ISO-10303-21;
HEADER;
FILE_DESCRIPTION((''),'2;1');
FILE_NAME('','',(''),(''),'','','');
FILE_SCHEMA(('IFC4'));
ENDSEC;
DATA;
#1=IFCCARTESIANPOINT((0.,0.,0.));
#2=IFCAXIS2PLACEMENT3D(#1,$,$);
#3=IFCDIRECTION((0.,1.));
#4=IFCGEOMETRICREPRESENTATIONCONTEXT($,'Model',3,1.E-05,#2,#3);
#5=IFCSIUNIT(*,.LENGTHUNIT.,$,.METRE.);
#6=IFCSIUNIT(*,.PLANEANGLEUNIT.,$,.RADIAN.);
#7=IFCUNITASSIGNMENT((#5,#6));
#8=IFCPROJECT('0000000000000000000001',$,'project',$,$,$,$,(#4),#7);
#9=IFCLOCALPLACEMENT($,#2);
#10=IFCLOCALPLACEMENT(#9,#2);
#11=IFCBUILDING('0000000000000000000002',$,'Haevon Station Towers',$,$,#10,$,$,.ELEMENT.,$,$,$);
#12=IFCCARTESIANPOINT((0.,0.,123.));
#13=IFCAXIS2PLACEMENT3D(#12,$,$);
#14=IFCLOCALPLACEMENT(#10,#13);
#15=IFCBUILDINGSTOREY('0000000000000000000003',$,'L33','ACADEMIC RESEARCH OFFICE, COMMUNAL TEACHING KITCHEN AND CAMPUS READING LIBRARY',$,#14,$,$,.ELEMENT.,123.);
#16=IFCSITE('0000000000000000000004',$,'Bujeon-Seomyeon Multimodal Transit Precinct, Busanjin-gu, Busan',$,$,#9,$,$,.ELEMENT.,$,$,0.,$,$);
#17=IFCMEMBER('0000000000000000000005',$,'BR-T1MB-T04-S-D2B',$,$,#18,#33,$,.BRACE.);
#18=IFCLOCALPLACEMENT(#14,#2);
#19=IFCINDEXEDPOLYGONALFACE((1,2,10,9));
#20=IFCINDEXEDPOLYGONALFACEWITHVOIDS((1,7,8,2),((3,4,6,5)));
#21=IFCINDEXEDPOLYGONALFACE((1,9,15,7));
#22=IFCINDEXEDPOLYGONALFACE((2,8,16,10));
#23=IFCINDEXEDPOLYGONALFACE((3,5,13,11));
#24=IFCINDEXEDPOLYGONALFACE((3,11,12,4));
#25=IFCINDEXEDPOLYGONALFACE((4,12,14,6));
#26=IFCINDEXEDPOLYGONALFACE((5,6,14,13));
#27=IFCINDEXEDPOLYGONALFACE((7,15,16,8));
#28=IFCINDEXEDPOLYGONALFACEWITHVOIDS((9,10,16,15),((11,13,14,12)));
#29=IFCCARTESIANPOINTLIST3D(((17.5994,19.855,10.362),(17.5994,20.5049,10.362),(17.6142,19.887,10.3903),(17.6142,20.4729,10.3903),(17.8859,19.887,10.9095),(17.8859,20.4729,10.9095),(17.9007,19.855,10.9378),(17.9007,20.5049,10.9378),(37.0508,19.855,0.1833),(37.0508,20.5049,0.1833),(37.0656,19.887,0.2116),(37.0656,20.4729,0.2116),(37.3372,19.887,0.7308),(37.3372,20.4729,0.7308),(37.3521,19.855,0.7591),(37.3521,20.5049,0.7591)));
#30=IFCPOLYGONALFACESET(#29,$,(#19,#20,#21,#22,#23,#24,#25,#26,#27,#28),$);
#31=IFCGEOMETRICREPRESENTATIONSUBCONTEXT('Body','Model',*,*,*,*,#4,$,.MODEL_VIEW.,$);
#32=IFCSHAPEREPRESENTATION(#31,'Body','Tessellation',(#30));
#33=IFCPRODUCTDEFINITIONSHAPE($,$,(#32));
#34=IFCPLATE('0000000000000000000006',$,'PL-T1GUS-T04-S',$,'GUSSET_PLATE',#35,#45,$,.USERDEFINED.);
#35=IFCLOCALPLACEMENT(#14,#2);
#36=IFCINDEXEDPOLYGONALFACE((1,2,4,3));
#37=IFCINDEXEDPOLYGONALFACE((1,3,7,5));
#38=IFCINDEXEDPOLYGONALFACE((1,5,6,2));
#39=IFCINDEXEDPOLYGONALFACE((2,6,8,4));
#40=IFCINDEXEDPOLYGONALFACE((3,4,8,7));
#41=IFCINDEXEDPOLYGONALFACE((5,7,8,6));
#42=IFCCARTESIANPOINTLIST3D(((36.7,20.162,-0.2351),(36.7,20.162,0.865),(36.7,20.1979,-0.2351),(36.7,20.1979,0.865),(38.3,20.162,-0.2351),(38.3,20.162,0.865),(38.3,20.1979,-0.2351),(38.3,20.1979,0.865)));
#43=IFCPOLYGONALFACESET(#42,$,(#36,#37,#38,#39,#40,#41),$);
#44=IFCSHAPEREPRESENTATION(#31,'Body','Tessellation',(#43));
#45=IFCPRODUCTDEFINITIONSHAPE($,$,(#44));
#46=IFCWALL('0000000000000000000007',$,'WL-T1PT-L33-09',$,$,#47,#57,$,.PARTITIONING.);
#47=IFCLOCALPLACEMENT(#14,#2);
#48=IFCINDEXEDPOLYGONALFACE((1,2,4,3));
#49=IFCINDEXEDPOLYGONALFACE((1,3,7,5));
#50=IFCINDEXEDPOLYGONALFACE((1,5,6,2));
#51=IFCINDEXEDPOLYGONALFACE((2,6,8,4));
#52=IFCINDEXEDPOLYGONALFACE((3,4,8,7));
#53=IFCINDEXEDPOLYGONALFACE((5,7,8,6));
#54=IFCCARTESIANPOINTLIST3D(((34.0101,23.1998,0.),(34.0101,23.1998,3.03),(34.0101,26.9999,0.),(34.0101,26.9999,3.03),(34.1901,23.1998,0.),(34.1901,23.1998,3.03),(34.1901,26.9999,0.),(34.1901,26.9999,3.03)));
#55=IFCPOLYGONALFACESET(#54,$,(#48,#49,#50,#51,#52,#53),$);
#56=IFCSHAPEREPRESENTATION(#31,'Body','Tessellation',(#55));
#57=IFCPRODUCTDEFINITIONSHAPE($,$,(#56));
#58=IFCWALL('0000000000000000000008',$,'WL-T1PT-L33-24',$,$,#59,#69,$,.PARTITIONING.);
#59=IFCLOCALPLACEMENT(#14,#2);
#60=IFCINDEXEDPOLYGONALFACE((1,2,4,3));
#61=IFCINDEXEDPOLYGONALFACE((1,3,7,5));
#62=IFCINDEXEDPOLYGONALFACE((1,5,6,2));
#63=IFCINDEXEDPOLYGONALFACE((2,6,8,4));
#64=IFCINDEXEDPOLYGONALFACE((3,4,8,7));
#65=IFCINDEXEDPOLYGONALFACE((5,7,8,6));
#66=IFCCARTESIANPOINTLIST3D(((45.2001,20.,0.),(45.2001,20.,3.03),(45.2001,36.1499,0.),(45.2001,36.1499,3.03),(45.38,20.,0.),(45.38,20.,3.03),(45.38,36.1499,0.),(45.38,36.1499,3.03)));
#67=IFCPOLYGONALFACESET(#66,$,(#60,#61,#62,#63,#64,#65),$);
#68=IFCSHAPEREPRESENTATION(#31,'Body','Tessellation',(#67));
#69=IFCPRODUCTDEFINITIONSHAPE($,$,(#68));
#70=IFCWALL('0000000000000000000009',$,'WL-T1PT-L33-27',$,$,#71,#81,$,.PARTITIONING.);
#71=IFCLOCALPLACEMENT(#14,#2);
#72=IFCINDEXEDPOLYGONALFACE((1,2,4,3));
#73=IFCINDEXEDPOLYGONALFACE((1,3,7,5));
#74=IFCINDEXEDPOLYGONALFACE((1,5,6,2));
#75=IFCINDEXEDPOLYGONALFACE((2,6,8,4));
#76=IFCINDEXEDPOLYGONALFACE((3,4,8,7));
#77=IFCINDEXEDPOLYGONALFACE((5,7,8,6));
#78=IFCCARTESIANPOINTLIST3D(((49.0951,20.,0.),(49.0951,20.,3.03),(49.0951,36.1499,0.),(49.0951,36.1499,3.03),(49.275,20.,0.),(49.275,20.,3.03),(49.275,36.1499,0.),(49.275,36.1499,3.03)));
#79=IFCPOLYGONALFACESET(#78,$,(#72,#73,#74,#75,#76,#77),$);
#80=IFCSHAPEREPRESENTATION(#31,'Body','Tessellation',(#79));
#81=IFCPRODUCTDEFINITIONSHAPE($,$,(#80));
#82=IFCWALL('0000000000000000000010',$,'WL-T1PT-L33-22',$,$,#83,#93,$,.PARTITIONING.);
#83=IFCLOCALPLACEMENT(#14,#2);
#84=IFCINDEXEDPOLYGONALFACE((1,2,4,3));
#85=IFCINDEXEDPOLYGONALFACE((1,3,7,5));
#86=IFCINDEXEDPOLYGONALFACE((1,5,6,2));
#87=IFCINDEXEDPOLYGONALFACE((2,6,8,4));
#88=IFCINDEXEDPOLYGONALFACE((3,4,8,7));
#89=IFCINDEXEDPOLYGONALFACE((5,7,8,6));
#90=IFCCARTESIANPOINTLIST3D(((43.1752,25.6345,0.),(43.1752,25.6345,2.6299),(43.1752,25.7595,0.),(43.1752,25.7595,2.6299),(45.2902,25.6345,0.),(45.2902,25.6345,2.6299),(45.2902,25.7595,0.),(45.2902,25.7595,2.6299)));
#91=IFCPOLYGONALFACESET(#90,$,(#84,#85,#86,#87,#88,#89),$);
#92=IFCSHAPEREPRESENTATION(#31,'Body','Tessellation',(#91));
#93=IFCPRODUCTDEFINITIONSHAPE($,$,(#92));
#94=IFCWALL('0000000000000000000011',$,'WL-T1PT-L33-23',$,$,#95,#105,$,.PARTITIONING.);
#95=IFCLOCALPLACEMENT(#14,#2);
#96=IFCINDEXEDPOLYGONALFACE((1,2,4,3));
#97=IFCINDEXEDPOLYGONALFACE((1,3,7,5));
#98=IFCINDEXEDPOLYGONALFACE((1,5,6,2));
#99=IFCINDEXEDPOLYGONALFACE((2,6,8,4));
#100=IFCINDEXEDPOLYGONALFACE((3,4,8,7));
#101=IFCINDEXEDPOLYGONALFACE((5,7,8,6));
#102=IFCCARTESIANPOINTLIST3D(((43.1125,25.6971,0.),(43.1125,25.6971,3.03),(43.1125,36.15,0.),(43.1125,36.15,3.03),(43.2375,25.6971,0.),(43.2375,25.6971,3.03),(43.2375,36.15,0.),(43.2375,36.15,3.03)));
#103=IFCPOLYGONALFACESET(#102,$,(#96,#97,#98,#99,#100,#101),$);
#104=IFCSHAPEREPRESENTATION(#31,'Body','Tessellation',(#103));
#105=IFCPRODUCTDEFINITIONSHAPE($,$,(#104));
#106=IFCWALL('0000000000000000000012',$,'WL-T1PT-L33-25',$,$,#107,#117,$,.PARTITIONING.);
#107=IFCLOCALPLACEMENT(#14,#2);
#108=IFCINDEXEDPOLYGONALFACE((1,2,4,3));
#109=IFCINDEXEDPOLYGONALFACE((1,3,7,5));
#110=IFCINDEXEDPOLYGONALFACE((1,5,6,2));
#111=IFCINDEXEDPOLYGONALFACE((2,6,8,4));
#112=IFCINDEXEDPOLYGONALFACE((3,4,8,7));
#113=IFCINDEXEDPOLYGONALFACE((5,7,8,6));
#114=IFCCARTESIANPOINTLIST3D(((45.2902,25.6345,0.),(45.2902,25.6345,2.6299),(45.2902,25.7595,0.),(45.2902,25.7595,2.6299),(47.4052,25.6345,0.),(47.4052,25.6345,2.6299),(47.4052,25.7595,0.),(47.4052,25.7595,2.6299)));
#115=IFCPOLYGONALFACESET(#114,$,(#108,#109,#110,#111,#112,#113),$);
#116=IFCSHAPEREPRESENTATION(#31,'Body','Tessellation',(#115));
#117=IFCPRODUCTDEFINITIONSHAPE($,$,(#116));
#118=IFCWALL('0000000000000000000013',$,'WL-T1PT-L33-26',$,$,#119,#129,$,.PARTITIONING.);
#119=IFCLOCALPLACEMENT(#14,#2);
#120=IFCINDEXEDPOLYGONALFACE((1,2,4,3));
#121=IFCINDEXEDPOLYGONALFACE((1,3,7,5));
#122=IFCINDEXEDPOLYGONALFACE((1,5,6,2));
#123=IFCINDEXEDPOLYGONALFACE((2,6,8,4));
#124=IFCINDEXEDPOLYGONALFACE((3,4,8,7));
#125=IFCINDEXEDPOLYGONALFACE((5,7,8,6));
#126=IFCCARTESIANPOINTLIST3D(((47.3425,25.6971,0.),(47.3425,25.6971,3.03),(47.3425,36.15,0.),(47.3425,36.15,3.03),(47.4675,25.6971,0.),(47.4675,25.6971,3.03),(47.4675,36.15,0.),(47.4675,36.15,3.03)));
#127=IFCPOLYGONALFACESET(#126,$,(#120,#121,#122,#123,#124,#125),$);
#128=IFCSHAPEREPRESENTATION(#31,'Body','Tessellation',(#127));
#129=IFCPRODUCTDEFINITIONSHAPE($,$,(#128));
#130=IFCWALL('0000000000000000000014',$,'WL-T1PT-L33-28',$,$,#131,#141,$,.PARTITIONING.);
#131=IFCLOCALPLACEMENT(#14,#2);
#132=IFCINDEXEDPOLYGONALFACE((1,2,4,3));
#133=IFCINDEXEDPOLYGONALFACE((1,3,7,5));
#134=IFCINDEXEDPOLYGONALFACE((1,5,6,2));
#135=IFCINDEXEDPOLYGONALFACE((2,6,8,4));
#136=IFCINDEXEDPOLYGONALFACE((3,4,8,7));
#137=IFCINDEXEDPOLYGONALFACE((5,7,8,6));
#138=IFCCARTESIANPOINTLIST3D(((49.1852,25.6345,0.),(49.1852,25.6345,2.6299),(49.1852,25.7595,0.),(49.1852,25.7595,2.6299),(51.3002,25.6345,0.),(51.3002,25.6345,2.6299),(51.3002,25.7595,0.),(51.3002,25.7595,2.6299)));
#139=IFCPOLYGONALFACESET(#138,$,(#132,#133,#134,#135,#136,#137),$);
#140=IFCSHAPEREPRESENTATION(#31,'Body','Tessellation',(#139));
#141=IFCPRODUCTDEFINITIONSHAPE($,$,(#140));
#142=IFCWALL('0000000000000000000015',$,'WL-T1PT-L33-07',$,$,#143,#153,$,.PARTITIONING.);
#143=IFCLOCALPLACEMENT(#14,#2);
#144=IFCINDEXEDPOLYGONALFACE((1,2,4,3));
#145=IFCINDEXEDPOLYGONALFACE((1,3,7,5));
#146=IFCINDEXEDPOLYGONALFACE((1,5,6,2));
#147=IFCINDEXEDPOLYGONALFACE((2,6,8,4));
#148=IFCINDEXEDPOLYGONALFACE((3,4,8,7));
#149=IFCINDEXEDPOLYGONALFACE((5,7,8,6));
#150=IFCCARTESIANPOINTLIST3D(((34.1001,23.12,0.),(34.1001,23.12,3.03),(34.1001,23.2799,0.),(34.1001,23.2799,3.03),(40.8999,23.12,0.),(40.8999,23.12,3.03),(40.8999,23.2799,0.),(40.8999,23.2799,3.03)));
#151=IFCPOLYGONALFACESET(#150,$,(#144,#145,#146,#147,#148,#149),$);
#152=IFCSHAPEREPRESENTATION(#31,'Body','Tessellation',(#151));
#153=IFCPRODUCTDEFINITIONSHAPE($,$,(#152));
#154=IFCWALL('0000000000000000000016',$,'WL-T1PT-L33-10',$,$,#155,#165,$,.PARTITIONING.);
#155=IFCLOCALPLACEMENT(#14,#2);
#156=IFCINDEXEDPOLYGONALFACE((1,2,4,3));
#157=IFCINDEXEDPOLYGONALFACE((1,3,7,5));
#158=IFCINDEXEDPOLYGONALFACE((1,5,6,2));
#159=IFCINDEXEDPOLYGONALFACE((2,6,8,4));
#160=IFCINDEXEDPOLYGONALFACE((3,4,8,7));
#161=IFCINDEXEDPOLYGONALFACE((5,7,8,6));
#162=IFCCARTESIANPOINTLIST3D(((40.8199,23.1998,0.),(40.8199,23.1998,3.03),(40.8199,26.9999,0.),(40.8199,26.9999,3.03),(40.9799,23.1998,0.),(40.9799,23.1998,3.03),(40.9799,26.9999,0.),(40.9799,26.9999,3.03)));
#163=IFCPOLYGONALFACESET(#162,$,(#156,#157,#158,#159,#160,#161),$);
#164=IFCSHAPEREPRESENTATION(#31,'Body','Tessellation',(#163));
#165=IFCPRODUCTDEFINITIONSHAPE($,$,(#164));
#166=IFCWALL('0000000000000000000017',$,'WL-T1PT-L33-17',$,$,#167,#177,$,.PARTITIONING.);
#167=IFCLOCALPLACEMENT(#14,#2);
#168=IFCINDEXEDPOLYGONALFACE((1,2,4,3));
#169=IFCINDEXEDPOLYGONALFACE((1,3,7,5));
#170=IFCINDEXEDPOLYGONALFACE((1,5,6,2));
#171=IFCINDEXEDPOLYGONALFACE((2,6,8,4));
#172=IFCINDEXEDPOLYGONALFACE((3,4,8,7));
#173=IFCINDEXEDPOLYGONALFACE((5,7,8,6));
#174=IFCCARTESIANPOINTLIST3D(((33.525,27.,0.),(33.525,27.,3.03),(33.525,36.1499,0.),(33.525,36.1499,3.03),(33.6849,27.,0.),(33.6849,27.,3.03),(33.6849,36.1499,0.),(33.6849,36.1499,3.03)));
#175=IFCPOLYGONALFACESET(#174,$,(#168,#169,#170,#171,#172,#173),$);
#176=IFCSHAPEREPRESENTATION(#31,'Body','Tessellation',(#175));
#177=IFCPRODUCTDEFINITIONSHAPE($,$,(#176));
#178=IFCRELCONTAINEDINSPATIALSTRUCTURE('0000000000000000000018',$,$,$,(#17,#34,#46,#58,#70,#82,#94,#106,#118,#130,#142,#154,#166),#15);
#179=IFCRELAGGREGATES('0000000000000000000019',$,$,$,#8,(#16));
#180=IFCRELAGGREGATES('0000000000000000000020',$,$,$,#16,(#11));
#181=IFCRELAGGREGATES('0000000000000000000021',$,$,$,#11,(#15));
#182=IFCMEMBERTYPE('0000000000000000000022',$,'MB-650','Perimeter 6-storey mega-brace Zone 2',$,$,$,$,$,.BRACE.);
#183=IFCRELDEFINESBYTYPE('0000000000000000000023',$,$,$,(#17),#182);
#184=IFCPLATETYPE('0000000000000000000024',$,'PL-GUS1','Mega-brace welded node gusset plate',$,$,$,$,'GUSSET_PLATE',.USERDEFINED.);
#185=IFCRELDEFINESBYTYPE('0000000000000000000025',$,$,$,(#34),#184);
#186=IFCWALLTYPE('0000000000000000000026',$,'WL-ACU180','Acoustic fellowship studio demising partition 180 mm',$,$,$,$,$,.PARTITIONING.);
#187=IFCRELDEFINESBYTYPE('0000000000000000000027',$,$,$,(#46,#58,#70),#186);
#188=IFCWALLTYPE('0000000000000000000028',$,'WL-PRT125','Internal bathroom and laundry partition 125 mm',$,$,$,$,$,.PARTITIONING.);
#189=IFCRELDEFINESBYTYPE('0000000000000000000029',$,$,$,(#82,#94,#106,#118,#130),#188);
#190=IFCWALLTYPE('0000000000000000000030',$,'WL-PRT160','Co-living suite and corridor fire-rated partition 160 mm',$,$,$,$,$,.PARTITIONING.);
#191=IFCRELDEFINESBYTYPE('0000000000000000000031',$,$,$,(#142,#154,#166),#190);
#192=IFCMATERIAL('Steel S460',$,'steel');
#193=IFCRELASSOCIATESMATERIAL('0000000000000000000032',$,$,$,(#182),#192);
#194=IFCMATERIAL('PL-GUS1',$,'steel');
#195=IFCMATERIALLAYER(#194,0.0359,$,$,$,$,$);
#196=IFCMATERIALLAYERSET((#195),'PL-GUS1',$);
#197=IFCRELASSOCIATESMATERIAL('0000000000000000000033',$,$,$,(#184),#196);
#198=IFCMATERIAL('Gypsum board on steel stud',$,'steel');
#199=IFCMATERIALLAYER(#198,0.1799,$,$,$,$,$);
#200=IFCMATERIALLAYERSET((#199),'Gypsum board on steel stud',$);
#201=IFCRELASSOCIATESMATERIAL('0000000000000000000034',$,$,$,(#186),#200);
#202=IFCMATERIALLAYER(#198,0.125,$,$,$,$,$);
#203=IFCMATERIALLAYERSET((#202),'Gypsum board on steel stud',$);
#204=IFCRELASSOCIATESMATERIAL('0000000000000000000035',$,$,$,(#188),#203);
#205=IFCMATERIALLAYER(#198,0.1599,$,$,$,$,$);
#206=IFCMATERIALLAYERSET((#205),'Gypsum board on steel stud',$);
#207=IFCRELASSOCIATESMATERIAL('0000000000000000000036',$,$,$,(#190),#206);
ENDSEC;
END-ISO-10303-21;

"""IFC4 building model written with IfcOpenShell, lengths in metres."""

from ifc_helpers import new_model, si_unit, direction, frame, frame_2d, origin, origin_2d, place, context, subcontext, project, spatial, rectangle, hollow_rectangle, extrude, material, layer, layer_set, material_profile, profile_set, type_object, element, save


model = new_model("IFC4")

# Units and contexts
model_context = context("Model", 3, precision=1e-05, world=origin(), true_north=direction((0.0, 1.0)))
body_context = subcontext(model_context, "Body", "Model", "MODEL_VIEW")
ifc_project = project(units=[si_unit("LENGTHUNIT", "METRE"), si_unit("PLANEANGLEUNIT", "RADIAN")], contexts=[model_context])

# Site, building, storey
site_placement = place(None, origin())
site = spatial("IfcSite", under=ifc_project, at=site_placement, Name="Bujeon-Seomyeon Multimodal Transit Precinct, Busanjin-gu, Busan", CompositionType="ELEMENT", RefElevation=0.0)
building_placement = place(site_placement, origin())
building = spatial("IfcBuilding", under=site, at=building_placement, Name="Haevon Station Towers", CompositionType="ELEMENT")
storey_placement = place(building_placement, frame((0.0, 0.0, 123.0)))
storey = spatial("IfcBuildingStorey", under=building, at=storey_placement, Name="L33", Description="ACADEMIC RESEARCH OFFICE, COMMUNAL TEACHING KITCHEN AND CAMPUS READING LIBRARY", CompositionType="ELEMENT", Elevation=123.0)

# Shared definitions
ifc_material_1 = material(Name="Steel S460", Category="steel")

# Member
ifc_material_profile_1 = material_profile(ifc_material_1, hollow_rectangle(XDim=0.6499, YDim=0.6499, WallThickness=0.032, at=origin_2d()), Name="RHS-650x650x32")
ifc_profile_set_1 = profile_set([ifc_material_profile_1], Name="Steel S460")
member_type = type_object("IfcMemberType", Name="MB-650", Description="Perimeter 6-storey mega-brace Zone 2", PredefinedType="BRACE", material=ifc_profile_set_1)
member_placement = place(storey_placement, frame((37.2014, 20.1799, 0.4712), z_axis=(-0.886021, 0.0, 0.463645), x_axis=(0.0, -1.0, 0.0)))
element("IfcMember", 1, at=member_placement, inside=storey, type_object=member_type, Name="BR-T1MB-T04-S-D2B", PredefinedType="BRACE", context=body_context, shape_type="SweptSolid", body=[
    extrude(hollow_rectangle(XDim=0.6499, YDim=0.6499, WallThickness=0.032, at=origin_2d()), origin(), (0.0, 0.0, 1.0), 21.9536),
])

# Plate
ifc_material_2 = material(Name="PL-GUS1", Category="steel")
ifc_layer_1 = layer(ifc_material_2, 0.0359)
ifc_layer_set_1 = layer_set([ifc_layer_1], Name="PL-GUS1")
plate_type = type_object("IfcPlateType", Name="PL-GUS1", Description="Mega-brace welded node gusset plate", ElementType="GUSSET_PLATE", PredefinedType="USERDEFINED", material=ifc_layer_set_1)
plate_placement = place(storey_placement, frame((37.5, 20.1799, -0.2351), z_axis=(0.0, 0.0, 1.0), x_axis=(1.0, 0.0, 0.0)))
element("IfcPlate", 2, at=plate_placement, inside=storey, type_object=plate_type, Name="PL-T1GUS-T04-S", ObjectType="GUSSET_PLATE", PredefinedType="USERDEFINED", context=body_context, shape_type="SweptSolid", body=[
    extrude(rectangle(XDim=1.6001, YDim=0.0359, at=origin_2d()), origin(), (0.0, 0.0, 1.0), 1.1001),
])

# Walls
ifc_material_3 = material(Name="Gypsum board on steel stud", Category="steel")
ifc_layer_2 = layer(ifc_material_3, 0.1799)
ifc_layer_set_2 = layer_set([ifc_layer_2], Name="Gypsum board on steel stud")
wall_type_1 = type_object("IfcWallType", Name="WL-ACU180", Description="Acoustic fellowship studio demising partition 180 mm", PredefinedType="PARTITIONING", material=ifc_layer_set_2)
wall_1_placement = place(storey_placement, frame((34.1001, 23.2, 0.0), z_axis=(0.0, 0.0, 1.0), x_axis=(0.0, 1.0, 0.0)))
element("IfcWall", 3, at=wall_1_placement, inside=storey, type_object=wall_type_1, Name="WL-T1PT-L33-09", PredefinedType="PARTITIONING", context=body_context, shape_type="SweptSolid", body=[
    extrude(rectangle(XDim=3.8, YDim=0.1799, at=frame_2d((1.8999, 0.0))), origin(), (0.0, 0.0, 1.0), 3.03),
])
for number, where, z_axis, x_axis, name in (
    (4, (45.29, 20.0, 0.0), (0.0, 0.0, 1.0), (0.0, 1.0, 0.0), "WL-T1PT-L33-24"),
    (5, (49.1851, 20.0, 0.0), (0.0, 0.0, 1.0), (0.0, 1.0, 0.0), "WL-T1PT-L33-27"),
):
    element("IfcWall", number, at=place(storey_placement, frame(where, z_axis=z_axis, x_axis=x_axis)), inside=storey, type_object=wall_type_1, Name=name, PredefinedType="PARTITIONING", context=body_context, shape_type="SweptSolid", body=[
        extrude(rectangle(XDim=16.1499, YDim=0.1799, at=frame_2d((8.075, 0.0))), origin(), (0.0, 0.0, 1.0), 3.03),
    ])
ifc_layer_3 = layer(ifc_material_3, 0.125)
ifc_layer_set_3 = layer_set([ifc_layer_3], Name="Gypsum board on steel stud")
wall_type_2 = type_object("IfcWallType", Name="WL-PRT125", Description="Internal bathroom and laundry partition 125 mm", PredefinedType="PARTITIONING", material=ifc_layer_set_3)
wall_2_placement = place(storey_placement, frame((43.175, 25.697, 0.0), z_axis=(0.0, 0.0, 1.0), x_axis=(1.0, 0.0, 0.0)))
element("IfcWall", 6, at=wall_2_placement, inside=storey, type_object=wall_type_2, Name="WL-T1PT-L33-22", PredefinedType="PARTITIONING", context=body_context, shape_type="SweptSolid", body=[
    extrude(rectangle(XDim=2.115, YDim=0.125, at=frame_2d((1.0576, 0.0))), origin(), (0.0, 0.0, 1.0), 2.6299),
])
wall_3_placement = place(storey_placement, frame((43.175, 25.697, 0.0), z_axis=(0.0, 0.0, 1.0), x_axis=(0.0, 1.0, 0.0)))
element("IfcWall", 7, at=wall_3_placement, inside=storey, type_object=wall_type_2, Name="WL-T1PT-L33-23", PredefinedType="PARTITIONING", context=body_context, shape_type="SweptSolid", body=[
    extrude(rectangle(XDim=10.4529, YDim=0.125, at=frame_2d((5.2266, 0.0))), origin(), (0.0, 0.0, 1.0), 3.03),
])
wall_4_placement = place(storey_placement, frame((45.29, 25.697, 0.0), z_axis=(0.0, 0.0, 1.0), x_axis=(1.0, 0.0, 0.0)))
element("IfcWall", 8, at=wall_4_placement, inside=storey, type_object=wall_type_2, Name="WL-T1PT-L33-25", PredefinedType="PARTITIONING", context=body_context, shape_type="SweptSolid", body=[
    extrude(rectangle(XDim=2.115, YDim=0.125, at=frame_2d((1.0576, 0.0))), origin(), (0.0, 0.0, 1.0), 2.6299),
])
wall_5_placement = place(storey_placement, frame((47.405, 25.697, 0.0), z_axis=(0.0, 0.0, 1.0), x_axis=(0.0, 1.0, 0.0)))
element("IfcWall", 9, at=wall_5_placement, inside=storey, type_object=wall_type_2, Name="WL-T1PT-L33-26", PredefinedType="PARTITIONING", context=body_context, shape_type="SweptSolid", body=[
    extrude(rectangle(XDim=10.4529, YDim=0.125, at=frame_2d((5.2266, 0.0))), origin(), (0.0, 0.0, 1.0), 3.03),
])
wall_6_placement = place(storey_placement, frame((49.1851, 25.697, 0.0), z_axis=(0.0, 0.0, 1.0), x_axis=(1.0, 0.0, 0.0)))
element("IfcWall", 10, at=wall_6_placement, inside=storey, type_object=wall_type_2, Name="WL-T1PT-L33-28", PredefinedType="PARTITIONING", context=body_context, shape_type="SweptSolid", body=[
    extrude(rectangle(XDim=2.115, YDim=0.125, at=frame_2d((1.0576, 0.0))), origin(), (0.0, 0.0, 1.0), 2.6299),
])
ifc_layer_4 = layer(ifc_material_3, 0.1599)
ifc_layer_set_4 = layer_set([ifc_layer_4], Name="Gypsum board on steel stud")
wall_type_3 = type_object("IfcWallType", Name="WL-PRT160", Description="Co-living suite and corridor fire-rated partition 160 mm", PredefinedType="PARTITIONING", material=ifc_layer_set_4)
wall_7_placement = place(storey_placement, frame((34.1001, 23.2, 0.0), z_axis=(0.0, 0.0, 1.0), x_axis=(1.0, 0.0, 0.0)))
element("IfcWall", 11, at=wall_7_placement, inside=storey, type_object=wall_type_3, Name="WL-T1PT-L33-07", PredefinedType="PARTITIONING", context=body_context, shape_type="SweptSolid", body=[
    extrude(rectangle(XDim=6.7998, YDim=0.1599, at=frame_2d((3.3999, 0.0))), origin(), (0.0, 0.0, 1.0), 3.03),
])
wall_8_placement = place(storey_placement, frame((40.8999, 23.2, 0.0), z_axis=(0.0, 0.0, 1.0), x_axis=(0.0, 1.0, 0.0)))
element("IfcWall", 12, at=wall_8_placement, inside=storey, type_object=wall_type_3, Name="WL-T1PT-L33-10", PredefinedType="PARTITIONING", context=body_context, shape_type="SweptSolid", body=[
    extrude(rectangle(XDim=3.8, YDim=0.1599, at=frame_2d((1.8999, 0.0))), origin(), (0.0, 0.0, 1.0), 3.03),
])
wall_9_placement = place(storey_placement, frame((33.605, 27.0, 0.0), z_axis=(0.0, 0.0, 1.0), x_axis=(0.0, 1.0, 0.0)))
element("IfcWall", 13, at=wall_9_placement, inside=storey, type_object=wall_type_3, Name="WL-T1PT-L33-17", PredefinedType="PARTITIONING", context=body_context, shape_type="SweptSolid", body=[
    extrude(rectangle(XDim=9.1499, YDim=0.1599, at=frame_2d((4.575, 0.0))), origin(), (0.0, 0.0, 1.0), 3.03),
])

save(model, "model.ifc")
